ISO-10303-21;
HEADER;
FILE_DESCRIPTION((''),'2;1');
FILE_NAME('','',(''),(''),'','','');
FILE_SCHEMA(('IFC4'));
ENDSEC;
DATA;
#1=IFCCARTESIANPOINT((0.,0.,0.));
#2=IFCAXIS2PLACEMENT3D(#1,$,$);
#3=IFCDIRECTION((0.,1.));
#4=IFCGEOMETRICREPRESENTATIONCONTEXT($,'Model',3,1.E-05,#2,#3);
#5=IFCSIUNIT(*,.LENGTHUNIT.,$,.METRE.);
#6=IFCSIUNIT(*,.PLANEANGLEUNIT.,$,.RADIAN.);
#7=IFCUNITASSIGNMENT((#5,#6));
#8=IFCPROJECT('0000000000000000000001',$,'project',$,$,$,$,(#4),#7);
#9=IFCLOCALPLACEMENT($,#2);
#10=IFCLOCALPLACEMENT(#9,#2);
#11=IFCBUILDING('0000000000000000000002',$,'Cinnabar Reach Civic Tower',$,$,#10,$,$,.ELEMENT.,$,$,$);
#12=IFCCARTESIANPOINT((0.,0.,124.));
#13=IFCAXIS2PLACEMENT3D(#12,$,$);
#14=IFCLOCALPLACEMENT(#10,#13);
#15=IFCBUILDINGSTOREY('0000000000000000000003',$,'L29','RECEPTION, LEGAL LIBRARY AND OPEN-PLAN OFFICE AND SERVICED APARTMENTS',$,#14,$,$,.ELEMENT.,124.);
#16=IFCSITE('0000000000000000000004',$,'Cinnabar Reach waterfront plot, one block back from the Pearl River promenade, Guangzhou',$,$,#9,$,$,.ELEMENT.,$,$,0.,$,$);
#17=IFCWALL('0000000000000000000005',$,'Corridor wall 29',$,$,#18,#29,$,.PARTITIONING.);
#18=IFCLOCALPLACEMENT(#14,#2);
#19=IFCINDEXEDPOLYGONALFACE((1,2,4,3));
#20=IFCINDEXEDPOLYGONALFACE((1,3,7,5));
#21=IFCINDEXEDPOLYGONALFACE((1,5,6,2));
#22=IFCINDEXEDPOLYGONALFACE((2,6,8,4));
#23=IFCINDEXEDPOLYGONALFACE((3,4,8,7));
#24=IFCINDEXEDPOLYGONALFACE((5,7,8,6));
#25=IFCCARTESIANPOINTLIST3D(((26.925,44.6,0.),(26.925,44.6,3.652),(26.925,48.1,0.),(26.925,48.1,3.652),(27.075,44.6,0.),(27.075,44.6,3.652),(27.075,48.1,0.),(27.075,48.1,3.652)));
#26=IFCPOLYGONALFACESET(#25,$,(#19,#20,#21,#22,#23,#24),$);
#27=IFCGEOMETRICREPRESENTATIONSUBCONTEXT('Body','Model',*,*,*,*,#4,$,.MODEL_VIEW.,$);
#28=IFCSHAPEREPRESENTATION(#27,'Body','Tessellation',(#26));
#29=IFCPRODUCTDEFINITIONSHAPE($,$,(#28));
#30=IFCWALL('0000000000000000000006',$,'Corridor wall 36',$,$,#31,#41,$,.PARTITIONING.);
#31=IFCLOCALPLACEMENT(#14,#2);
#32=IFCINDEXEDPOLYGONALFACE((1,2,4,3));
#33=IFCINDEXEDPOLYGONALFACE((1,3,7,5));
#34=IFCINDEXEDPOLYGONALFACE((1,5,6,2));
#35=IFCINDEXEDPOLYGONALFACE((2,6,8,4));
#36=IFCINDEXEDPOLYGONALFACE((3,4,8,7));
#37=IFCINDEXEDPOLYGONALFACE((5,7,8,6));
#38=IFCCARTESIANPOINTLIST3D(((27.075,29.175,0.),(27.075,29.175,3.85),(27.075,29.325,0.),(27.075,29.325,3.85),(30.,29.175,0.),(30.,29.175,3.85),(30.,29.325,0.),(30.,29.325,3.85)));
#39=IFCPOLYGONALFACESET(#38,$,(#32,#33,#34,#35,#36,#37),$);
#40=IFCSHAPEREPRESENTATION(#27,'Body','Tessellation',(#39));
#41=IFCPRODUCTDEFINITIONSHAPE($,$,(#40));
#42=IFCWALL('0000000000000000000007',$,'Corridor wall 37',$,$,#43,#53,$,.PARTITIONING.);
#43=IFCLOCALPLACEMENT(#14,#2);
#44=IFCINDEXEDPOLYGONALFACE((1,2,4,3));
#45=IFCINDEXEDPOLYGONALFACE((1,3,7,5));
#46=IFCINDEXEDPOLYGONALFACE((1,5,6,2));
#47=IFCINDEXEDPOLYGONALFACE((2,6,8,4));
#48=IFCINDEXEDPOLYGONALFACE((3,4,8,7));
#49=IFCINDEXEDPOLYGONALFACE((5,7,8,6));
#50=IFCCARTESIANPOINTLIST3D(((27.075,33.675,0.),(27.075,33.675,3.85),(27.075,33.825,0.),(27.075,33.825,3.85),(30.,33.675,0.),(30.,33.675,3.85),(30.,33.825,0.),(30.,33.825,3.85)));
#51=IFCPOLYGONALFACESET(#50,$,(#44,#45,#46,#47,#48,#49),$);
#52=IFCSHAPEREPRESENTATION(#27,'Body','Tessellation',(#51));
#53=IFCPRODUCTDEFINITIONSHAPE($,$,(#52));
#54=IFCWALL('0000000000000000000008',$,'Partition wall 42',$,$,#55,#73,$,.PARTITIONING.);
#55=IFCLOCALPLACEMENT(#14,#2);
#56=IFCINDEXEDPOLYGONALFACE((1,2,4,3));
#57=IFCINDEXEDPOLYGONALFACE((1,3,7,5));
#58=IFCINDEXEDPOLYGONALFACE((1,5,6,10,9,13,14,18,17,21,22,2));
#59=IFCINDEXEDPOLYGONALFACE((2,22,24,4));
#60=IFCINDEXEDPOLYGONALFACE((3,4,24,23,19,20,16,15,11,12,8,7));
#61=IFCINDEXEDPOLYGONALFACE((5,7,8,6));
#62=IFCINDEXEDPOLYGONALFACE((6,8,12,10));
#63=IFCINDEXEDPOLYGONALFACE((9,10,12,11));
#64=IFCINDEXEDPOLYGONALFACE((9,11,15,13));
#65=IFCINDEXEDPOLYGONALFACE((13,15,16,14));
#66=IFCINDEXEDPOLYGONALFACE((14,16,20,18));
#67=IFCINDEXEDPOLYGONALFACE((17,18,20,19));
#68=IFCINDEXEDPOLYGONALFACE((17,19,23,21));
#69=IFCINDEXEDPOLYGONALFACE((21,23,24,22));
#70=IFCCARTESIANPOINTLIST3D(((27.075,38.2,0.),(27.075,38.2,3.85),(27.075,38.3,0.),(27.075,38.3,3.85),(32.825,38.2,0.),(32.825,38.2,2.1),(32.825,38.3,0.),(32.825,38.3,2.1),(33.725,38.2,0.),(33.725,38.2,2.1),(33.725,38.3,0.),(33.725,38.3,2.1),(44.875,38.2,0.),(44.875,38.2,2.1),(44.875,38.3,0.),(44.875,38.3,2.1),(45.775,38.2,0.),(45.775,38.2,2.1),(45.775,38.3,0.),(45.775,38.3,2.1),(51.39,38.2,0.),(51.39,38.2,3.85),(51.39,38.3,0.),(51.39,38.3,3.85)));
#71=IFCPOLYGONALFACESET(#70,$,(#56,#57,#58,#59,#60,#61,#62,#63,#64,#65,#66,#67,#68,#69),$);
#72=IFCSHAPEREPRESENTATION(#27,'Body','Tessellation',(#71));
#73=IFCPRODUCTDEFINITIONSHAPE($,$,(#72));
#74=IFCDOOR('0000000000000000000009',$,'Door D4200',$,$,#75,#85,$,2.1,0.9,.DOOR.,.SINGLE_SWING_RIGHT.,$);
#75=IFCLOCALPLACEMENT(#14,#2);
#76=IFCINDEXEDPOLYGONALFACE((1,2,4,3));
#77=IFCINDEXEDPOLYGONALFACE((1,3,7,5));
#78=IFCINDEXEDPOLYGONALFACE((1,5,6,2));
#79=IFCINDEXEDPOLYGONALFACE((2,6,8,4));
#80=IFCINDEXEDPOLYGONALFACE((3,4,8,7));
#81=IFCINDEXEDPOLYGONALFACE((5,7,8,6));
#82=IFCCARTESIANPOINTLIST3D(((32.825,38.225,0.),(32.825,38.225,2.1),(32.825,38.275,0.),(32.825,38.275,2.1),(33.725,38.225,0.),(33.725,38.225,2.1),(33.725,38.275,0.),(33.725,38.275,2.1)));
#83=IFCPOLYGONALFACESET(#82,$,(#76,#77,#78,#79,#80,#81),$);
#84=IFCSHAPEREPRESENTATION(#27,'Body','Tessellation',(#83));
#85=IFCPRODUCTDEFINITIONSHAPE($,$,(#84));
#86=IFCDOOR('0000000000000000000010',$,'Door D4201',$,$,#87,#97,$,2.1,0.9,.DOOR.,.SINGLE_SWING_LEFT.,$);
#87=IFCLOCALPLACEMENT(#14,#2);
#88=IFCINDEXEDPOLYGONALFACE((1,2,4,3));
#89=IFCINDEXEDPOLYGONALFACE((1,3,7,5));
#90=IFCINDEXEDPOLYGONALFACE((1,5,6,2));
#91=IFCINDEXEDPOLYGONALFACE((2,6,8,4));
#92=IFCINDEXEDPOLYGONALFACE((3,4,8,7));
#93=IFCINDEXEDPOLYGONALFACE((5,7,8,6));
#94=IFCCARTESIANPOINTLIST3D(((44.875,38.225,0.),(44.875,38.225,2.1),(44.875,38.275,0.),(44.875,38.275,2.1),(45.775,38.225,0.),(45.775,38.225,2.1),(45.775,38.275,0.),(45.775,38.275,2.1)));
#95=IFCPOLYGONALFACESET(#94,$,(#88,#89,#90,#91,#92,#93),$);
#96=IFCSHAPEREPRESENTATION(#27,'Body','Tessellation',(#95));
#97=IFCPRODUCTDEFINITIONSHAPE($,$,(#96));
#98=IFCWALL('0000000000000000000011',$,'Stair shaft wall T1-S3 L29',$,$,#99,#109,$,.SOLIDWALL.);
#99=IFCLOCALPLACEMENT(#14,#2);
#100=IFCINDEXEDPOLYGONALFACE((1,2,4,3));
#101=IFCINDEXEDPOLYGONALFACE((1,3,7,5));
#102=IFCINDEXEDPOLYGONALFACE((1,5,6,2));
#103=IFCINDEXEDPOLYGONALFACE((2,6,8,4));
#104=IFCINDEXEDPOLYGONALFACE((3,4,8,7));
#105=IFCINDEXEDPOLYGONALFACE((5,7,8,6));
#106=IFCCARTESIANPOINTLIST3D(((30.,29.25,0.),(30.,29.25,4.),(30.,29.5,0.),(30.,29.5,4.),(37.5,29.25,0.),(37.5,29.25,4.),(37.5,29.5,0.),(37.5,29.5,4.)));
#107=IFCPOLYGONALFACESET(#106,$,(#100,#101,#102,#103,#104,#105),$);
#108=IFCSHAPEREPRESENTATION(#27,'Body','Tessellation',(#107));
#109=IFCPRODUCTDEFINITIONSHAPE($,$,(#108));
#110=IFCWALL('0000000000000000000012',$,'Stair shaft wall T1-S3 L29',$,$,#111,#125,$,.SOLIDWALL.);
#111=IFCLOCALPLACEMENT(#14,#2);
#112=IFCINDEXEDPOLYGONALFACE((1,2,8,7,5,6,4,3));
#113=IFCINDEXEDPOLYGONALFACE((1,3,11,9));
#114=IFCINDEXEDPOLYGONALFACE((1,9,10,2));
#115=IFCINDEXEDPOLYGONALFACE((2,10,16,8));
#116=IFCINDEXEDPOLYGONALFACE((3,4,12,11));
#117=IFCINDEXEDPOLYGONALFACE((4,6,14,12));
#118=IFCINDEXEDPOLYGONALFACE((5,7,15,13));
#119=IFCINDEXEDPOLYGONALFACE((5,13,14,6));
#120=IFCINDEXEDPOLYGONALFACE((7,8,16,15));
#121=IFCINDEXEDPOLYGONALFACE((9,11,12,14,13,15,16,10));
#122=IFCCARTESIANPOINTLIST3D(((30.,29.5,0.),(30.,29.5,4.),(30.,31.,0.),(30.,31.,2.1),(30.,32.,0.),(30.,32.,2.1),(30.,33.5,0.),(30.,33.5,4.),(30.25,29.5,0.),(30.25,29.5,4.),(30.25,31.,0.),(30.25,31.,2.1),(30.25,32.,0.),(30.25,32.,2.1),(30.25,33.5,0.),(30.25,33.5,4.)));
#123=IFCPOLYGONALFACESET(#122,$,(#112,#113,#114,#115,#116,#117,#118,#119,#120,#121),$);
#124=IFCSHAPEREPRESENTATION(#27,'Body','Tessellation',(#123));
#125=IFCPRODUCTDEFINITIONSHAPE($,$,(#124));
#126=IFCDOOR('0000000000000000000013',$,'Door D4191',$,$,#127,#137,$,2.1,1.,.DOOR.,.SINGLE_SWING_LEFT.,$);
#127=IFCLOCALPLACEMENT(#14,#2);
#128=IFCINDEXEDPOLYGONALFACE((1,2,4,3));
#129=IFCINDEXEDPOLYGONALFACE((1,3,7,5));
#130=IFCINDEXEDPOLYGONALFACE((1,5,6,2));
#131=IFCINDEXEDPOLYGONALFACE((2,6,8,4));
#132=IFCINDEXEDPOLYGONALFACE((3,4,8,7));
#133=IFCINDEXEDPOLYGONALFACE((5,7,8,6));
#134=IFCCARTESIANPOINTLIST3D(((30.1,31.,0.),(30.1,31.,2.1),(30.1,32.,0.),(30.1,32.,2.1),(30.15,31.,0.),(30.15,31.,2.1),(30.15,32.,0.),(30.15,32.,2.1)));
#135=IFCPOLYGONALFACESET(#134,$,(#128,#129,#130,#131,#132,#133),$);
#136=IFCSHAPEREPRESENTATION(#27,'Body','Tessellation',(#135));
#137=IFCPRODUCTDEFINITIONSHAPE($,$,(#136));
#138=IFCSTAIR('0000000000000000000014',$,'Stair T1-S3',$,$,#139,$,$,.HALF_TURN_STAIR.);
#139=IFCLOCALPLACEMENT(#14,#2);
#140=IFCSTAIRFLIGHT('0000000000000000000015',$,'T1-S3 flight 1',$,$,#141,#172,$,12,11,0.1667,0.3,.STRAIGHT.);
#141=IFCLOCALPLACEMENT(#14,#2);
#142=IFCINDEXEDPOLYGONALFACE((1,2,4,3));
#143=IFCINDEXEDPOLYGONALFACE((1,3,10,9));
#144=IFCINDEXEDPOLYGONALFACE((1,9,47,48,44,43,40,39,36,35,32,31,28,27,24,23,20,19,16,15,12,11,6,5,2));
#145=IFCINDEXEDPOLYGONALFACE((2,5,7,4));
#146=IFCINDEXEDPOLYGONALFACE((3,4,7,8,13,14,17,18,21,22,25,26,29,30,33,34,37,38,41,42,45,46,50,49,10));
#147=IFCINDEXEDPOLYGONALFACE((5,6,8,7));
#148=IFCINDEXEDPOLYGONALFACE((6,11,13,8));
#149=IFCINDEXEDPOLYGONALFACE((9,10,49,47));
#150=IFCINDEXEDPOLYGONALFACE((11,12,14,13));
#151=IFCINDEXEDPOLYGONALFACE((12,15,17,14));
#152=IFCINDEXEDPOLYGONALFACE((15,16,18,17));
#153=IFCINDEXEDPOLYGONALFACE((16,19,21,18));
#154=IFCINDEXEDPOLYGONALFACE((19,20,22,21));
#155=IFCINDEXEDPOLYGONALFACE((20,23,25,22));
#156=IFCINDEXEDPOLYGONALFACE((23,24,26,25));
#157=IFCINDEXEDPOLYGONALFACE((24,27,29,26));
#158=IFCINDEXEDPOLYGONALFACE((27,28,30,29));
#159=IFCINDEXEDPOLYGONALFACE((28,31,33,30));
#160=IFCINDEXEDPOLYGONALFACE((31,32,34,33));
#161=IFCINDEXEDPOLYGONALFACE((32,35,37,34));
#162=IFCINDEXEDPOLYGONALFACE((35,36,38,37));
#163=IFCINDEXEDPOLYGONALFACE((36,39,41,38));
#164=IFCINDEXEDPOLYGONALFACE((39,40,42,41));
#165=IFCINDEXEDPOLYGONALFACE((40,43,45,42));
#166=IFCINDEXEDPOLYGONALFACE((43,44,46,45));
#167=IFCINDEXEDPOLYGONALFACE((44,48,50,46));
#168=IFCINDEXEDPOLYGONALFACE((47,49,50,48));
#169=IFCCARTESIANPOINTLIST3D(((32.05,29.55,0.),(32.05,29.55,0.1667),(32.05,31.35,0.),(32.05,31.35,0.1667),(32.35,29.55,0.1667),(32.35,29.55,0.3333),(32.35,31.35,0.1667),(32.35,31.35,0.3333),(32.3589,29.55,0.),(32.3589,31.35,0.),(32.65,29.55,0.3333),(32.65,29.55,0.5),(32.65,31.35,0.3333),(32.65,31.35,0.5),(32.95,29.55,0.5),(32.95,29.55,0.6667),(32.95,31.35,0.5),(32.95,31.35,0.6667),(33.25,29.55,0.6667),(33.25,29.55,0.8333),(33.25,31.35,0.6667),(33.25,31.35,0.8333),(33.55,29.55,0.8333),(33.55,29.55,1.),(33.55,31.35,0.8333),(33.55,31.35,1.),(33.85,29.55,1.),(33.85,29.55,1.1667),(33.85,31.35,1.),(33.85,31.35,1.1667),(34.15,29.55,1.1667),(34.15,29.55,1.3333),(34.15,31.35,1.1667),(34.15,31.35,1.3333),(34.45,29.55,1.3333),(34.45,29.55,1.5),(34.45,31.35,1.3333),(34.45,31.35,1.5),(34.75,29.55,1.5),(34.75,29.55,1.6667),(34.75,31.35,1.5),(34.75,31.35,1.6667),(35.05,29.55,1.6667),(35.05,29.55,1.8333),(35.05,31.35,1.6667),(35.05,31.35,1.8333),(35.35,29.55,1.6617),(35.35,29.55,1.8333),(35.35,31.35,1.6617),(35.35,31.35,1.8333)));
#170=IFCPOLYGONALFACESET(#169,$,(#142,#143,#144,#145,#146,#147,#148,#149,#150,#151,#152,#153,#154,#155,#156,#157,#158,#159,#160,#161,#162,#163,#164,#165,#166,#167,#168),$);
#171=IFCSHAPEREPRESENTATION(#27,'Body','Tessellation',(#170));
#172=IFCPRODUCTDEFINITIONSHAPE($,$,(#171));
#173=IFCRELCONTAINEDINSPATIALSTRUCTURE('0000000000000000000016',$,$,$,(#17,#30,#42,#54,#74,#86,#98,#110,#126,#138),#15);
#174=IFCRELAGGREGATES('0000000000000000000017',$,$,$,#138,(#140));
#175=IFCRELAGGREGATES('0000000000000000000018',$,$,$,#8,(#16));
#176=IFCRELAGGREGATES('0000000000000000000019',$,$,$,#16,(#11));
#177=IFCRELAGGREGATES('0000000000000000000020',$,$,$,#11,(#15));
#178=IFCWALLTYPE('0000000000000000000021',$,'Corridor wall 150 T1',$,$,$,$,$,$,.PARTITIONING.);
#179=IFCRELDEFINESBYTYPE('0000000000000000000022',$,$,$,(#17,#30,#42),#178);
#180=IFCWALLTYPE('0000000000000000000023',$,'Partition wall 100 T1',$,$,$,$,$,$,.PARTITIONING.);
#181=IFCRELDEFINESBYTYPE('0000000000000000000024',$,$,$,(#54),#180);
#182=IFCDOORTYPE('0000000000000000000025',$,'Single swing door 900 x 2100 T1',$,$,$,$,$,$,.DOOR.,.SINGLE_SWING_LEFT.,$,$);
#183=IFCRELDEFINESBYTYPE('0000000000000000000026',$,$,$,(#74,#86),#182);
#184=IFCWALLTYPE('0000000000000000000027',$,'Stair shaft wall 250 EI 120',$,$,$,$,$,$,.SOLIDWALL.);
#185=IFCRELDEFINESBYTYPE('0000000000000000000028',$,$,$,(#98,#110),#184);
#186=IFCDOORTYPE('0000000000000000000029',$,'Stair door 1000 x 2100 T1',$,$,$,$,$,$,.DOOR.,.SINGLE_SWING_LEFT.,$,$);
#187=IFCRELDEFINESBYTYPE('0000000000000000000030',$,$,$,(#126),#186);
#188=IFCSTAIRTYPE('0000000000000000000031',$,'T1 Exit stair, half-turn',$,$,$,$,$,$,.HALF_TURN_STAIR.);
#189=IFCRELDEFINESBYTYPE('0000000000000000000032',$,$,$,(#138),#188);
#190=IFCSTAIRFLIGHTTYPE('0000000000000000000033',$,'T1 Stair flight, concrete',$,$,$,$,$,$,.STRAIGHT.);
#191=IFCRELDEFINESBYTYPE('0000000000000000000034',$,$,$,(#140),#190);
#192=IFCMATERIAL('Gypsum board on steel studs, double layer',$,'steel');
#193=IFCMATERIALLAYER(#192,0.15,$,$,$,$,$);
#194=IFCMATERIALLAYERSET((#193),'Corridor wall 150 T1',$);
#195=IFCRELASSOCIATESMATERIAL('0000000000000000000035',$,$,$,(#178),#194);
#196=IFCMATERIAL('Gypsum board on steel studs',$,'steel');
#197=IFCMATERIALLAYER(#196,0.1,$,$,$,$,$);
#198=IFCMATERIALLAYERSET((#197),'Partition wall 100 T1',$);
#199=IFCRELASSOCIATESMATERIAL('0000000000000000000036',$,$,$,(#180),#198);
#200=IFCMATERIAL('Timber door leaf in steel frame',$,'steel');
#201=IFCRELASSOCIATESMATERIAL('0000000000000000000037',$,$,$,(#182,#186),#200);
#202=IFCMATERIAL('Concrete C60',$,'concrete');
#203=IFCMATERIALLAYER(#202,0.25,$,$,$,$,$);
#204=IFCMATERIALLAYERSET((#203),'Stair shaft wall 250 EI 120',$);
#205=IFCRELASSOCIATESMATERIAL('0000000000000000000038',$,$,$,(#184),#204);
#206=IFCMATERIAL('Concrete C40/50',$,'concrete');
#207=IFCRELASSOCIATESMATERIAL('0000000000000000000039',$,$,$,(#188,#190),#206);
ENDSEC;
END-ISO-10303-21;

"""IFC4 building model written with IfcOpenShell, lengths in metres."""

from ifc_helpers import new_model, si_unit, direction, frame, frame_2d, origin, place, context, subcontext, project, spatial, polyline, rectangle, outline, extrude, material, layer, layer_set, type_object, element, fill, aggregate, save


model = new_model("IFC4")

# Units and contexts
model_context = context("Model", 3, precision=1e-05, world=origin(), true_north=direction((0.0, 1.0)))
body_context = subcontext(model_context, "Body", "Model", "MODEL_VIEW")
ifc_project = project(units=[si_unit("LENGTHUNIT", "METRE"), si_unit("PLANEANGLEUNIT", "RADIAN")], contexts=[model_context])

# Site, building, storey
site_placement = place(None, origin())
site = spatial("IfcSite", under=ifc_project, at=site_placement, Name="Cinnabar Reach waterfront plot, one block back from the Pearl River promenade, Guangzhou", CompositionType="ELEMENT", RefElevation=0.0)
building_placement = place(site_placement, origin())
building = spatial("IfcBuilding", under=site, at=building_placement, Name="Cinnabar Reach Civic Tower", CompositionType="ELEMENT")
storey_placement = place(building_placement, frame((0.0, 0.0, 124.0)))
storey = spatial("IfcBuildingStorey", under=building, at=storey_placement, Name="L29", Description="RECEPTION, LEGAL LIBRARY AND OPEN-PLAN OFFICE AND SERVICED APARTMENTS", CompositionType="ELEMENT", Elevation=124.0)

# Shared definitions
ifc_material_1 = material(Name="Gypsum board on steel studs, double layer", Category="steel")
ifc_layer_1 = layer(ifc_material_1, 0.15)
ifc_layer_set_1 = layer_set([ifc_layer_1], Name="Corridor wall 150 T1")
wall_type_1 = type_object("IfcWallType", Name="Corridor wall 150 T1", PredefinedType="PARTITIONING", material=ifc_layer_set_1)

# Shared definitions
ifc_material_2 = material(Name="Timber door leaf in steel frame", Category="steel")

# Walls
wall_1_placement = place(storey_placement, frame((27.0, 44.6, 0.0), z_axis=(0.0, 0.0, 1.0), x_axis=(0.0, 1.0, 0.0)))
element("IfcWall", 1, at=wall_1_placement, inside=storey, type_object=wall_type_1, Name="Corridor wall 29", PredefinedType="PARTITIONING", context=body_context, shape_type="SweptSolid", body=[
    extrude(rectangle(XDim=3.5, YDim=0.15, at=frame_2d((1.75, 0.0))), origin(), (0.0, 0.0, 1.0), 3.652),
])
for number, where, z_axis, x_axis, name in (
    (2, (27.075, 29.25, 0.0), (0.0, 0.0, 1.0), (1.0, 0.0, 0.0), "Corridor wall 36"),
    (3, (27.075, 33.75, 0.0), (0.0, 0.0, 1.0), (1.0, 0.0, 0.0), "Corridor wall 37"),
):
    element("IfcWall", number, at=place(storey_placement, frame(where, z_axis=z_axis, x_axis=x_axis)), inside=storey, type_object=wall_type_1, Name=name, PredefinedType="PARTITIONING", context=body_context, shape_type="SweptSolid", body=[
        extrude(rectangle(XDim=2.925, YDim=0.15, at=frame_2d((1.4625, 0.0))), origin(), (0.0, 0.0, 1.0), 3.85),
    ])

# Wall, openings, doors
ifc_material_3 = material(Name="Gypsum board on steel studs", Category="steel")
ifc_layer_2 = layer(ifc_material_3, 0.1)
ifc_layer_set_2 = layer_set([ifc_layer_2], Name="Partition wall 100 T1")
wall_type_2 = type_object("IfcWallType", Name="Partition wall 100 T1", PredefinedType="PARTITIONING", material=ifc_layer_set_2)
wall_2_placement = place(storey_placement, frame((27.075, 38.25, 0.0), z_axis=(0.0, 0.0, 1.0), x_axis=(1.0, 0.0, 0.0)))
wall_2 = element("IfcWall", 4, at=wall_2_placement, inside=storey, type_object=wall_type_2, Name="Partition wall 42", PredefinedType="PARTITIONING", context=body_context, shape_type="SweptSolid", body=[
    extrude(rectangle(XDim=24.315, YDim=0.1, at=frame_2d((12.1575, 0.0))), origin(), (0.0, 0.0, 1.0), 3.85),
])
opening_1_placement = place(wall_2_placement, frame((5.75, 0.0, 0.0)))
opening_1 = element("IfcOpeningElement", 5, at=opening_1_placement, cuts=wall_2, PredefinedType="OPENING", context=body_context, shape_type="SweptSolid", body=[
    extrude(rectangle(XDim=0.9, YDim=2.1, at=frame_2d((0.45, 1.05))), frame((0.0, 0.06, 0.0), z_axis=(0.0, -1.0, 0.0), x_axis=(1.0, 0.0, 0.0)), (0.0, 0.0, 1.0), 0.12),
])
opening_2_placement = place(wall_2_placement, frame((17.8, 0.0, 0.0)))
opening_2 = element("IfcOpeningElement", 6, at=opening_2_placement, cuts=wall_2, PredefinedType="OPENING", context=body_context, shape_type="SweptSolid", body=[
    extrude(rectangle(XDim=0.9, YDim=2.1, at=frame_2d((0.45, 1.05))), frame((0.0, 0.06, 0.0), z_axis=(0.0, -1.0, 0.0), x_axis=(1.0, 0.0, 0.0)), (0.0, 0.0, 1.0), 0.12),
])
door_type_1 = type_object("IfcDoorType", Name="Single swing door 900 x 2100 T1", OperationType="SINGLE_SWING_LEFT", PredefinedType="DOOR", material=ifc_material_2)
door_1_placement = place(opening_1_placement, origin())
door_1 = element("IfcDoor", 7, at=door_1_placement, inside=storey, type_object=door_type_1, Name="Door D4200", OperationType="SINGLE_SWING_RIGHT", OverallHeight=2.1, OverallWidth=0.9, PredefinedType="DOOR", context=body_context, shape_type="SweptSolid", body=[
    extrude(rectangle(XDim=0.9, YDim=2.1, at=frame_2d((0.45, 1.05))), frame((0.0, 0.025, 0.0), z_axis=(0.0, -1.0, 0.0), x_axis=(1.0, 0.0, 0.0)), (0.0, 0.0, 1.0), 0.05),
])
fill(opening_1, door_1)
door_2_placement = place(opening_2_placement, origin())
door_2 = element("IfcDoor", 8, at=door_2_placement, inside=storey, type_object=door_type_1, Name="Door D4201", OperationType="SINGLE_SWING_LEFT", OverallHeight=2.1, OverallWidth=0.9, PredefinedType="DOOR", context=body_context, shape_type="SweptSolid", body=[
    extrude(rectangle(XDim=0.9, YDim=2.1, at=frame_2d((0.45, 1.05))), frame((0.0, 0.025, 0.0), z_axis=(0.0, -1.0, 0.0), x_axis=(1.0, 0.0, 0.0)), (0.0, 0.0, 1.0), 0.05),
])
fill(opening_2, door_2)

# Wall
ifc_material_4 = material(Name="Concrete C60", Category="concrete")
ifc_layer_3 = layer(ifc_material_4, 0.25)
ifc_layer_set_3 = layer_set([ifc_layer_3], Name="Stair shaft wall 250 EI 120")
wall_type_3 = type_object("IfcWallType", Name="Stair shaft wall 250 EI 120", PredefinedType="SOLIDWALL", material=ifc_layer_set_3)
wall_3_placement = place(storey_placement, frame((30.0, 29.375, 0.0), z_axis=(0.0, 0.0, 1.0), x_axis=(1.0, 0.0, 0.0)))
element("IfcWall", 9, at=wall_3_placement, inside=storey, type_object=wall_type_3, Name="Stair shaft wall T1-S3 L29", PredefinedType="SOLIDWALL", context=body_context, shape_type="SweptSolid", body=[
    extrude(rectangle(XDim=7.5, YDim=0.25, at=frame_2d((3.75, 0.0))), origin(), (0.0, 0.0, 1.0), 4.0),
])

# Wall, opening, door
wall_4_placement = place(storey_placement, frame((30.125, 33.5, 0.0), z_axis=(0.0, 0.0, 1.0), x_axis=(0.0, -1.0, 0.0)))
wall_4 = element("IfcWall", 10, at=wall_4_placement, inside=storey, type_object=wall_type_3, Name="Stair shaft wall T1-S3 L29", PredefinedType="SOLIDWALL", context=body_context, shape_type="SweptSolid", body=[
    extrude(rectangle(XDim=4.0, YDim=0.25, at=frame_2d((2.0, 0.0))), origin(), (0.0, 0.0, 1.0), 4.0),
])
opening_3_placement = place(wall_4_placement, frame((1.5, 0.0, 0.0)))
opening_3 = element("IfcOpeningElement", 11, at=opening_3_placement, cuts=wall_4, PredefinedType="OPENING", context=body_context, shape_type="SweptSolid", body=[
    extrude(rectangle(XDim=1.0, YDim=2.1, at=frame_2d((0.5, 1.05))), frame((0.0, 0.135, 0.0), z_axis=(0.0, -1.0, 0.0), x_axis=(1.0, 0.0, 0.0)), (0.0, 0.0, 1.0), 0.27),
])
door_type_2 = type_object("IfcDoorType", Name="Stair door 1000 x 2100 T1", OperationType="SINGLE_SWING_LEFT", PredefinedType="DOOR", material=ifc_material_2)
door_3_placement = place(opening_3_placement, origin())
door_3 = element("IfcDoor", 12, at=door_3_placement, inside=storey, type_object=door_type_2, Name="Door D4191", OperationType="SINGLE_SWING_LEFT", OverallHeight=2.1, OverallWidth=1.0, PredefinedType="DOOR", context=body_context, shape_type="SweptSolid", body=[
    extrude(rectangle(XDim=1.0, YDim=2.1, at=frame_2d((0.5, 1.05))), frame((0.0, 0.025, 0.0), z_axis=(0.0, -1.0, 0.0), x_axis=(1.0, 0.0, 0.0)), (0.0, 0.0, 1.0), 0.05),
])
fill(opening_3, door_3)

# Stair, stair flight
ifc_material_5 = material(Name="Concrete C40/50", Category="concrete")
stair_type = type_object("IfcStairType", Name="T1 Exit stair, half-turn", PredefinedType="HALF_TURN_STAIR", material=ifc_material_5)
stair_placement = place(storey_placement, origin())
stair = element("IfcStair", 13, at=stair_placement, inside=storey, type_object=stair_type, Name="Stair T1-S3", PredefinedType="HALF_TURN_STAIR")
stair_flight_type = type_object("IfcStairFlightType", Name="T1 Stair flight, concrete", PredefinedType="STRAIGHT", material=ifc_material_5)
stair_flight_1_placement = place(storey_placement, frame((32.05, 30.45, 0.0), z_axis=(0.0, 0.0, 1.0), x_axis=(1.0, 0.0, 0.0)))
stair_flight_1 = element("IfcStairFlight", 14, at=stair_flight_1_placement, type_object=stair_flight_type, Name="T1-S3 flight 1", NumberOfRisers=12, NumberOfTreads=11, PredefinedType="STRAIGHT", RiserHeight=0.1667, TreadLength=0.3, context=body_context, shape_type="SweptSolid", body=[
    extrude(outline(polyline([(0.0, 0.0), (0.0, 0.1667), (0.3, 0.1667), (0.3, 0.3333), (0.6, 0.3333), (0.6, 0.5), (0.9, 0.5), (0.9, 0.6667), (1.2, 0.6667), (1.2, 0.8333), (1.5, 0.8333), (1.5, 1.0), (1.8, 1.0), (1.8, 1.1667), (2.1, 1.1667), (2.1, 1.3333), (2.4, 1.3333), (2.4, 1.5), (2.7, 1.5), (2.7, 1.6667), (3.0, 1.6667), (3.0, 1.8333), (3.3, 1.8333), (3.3, 2.0), (3.3, 1.6617), (0.3089, 0.0), (0.0, 0.0)])), frame((0.0, 0.9, 0.0), z_axis=(0.0, -1.0, 0.0), x_axis=(1.0, 0.0, 0.0)), (0.0, 0.0, 1.0), 1.8),
])
aggregate(stair, [stair_flight_1])

save(model, "model.ifc")
